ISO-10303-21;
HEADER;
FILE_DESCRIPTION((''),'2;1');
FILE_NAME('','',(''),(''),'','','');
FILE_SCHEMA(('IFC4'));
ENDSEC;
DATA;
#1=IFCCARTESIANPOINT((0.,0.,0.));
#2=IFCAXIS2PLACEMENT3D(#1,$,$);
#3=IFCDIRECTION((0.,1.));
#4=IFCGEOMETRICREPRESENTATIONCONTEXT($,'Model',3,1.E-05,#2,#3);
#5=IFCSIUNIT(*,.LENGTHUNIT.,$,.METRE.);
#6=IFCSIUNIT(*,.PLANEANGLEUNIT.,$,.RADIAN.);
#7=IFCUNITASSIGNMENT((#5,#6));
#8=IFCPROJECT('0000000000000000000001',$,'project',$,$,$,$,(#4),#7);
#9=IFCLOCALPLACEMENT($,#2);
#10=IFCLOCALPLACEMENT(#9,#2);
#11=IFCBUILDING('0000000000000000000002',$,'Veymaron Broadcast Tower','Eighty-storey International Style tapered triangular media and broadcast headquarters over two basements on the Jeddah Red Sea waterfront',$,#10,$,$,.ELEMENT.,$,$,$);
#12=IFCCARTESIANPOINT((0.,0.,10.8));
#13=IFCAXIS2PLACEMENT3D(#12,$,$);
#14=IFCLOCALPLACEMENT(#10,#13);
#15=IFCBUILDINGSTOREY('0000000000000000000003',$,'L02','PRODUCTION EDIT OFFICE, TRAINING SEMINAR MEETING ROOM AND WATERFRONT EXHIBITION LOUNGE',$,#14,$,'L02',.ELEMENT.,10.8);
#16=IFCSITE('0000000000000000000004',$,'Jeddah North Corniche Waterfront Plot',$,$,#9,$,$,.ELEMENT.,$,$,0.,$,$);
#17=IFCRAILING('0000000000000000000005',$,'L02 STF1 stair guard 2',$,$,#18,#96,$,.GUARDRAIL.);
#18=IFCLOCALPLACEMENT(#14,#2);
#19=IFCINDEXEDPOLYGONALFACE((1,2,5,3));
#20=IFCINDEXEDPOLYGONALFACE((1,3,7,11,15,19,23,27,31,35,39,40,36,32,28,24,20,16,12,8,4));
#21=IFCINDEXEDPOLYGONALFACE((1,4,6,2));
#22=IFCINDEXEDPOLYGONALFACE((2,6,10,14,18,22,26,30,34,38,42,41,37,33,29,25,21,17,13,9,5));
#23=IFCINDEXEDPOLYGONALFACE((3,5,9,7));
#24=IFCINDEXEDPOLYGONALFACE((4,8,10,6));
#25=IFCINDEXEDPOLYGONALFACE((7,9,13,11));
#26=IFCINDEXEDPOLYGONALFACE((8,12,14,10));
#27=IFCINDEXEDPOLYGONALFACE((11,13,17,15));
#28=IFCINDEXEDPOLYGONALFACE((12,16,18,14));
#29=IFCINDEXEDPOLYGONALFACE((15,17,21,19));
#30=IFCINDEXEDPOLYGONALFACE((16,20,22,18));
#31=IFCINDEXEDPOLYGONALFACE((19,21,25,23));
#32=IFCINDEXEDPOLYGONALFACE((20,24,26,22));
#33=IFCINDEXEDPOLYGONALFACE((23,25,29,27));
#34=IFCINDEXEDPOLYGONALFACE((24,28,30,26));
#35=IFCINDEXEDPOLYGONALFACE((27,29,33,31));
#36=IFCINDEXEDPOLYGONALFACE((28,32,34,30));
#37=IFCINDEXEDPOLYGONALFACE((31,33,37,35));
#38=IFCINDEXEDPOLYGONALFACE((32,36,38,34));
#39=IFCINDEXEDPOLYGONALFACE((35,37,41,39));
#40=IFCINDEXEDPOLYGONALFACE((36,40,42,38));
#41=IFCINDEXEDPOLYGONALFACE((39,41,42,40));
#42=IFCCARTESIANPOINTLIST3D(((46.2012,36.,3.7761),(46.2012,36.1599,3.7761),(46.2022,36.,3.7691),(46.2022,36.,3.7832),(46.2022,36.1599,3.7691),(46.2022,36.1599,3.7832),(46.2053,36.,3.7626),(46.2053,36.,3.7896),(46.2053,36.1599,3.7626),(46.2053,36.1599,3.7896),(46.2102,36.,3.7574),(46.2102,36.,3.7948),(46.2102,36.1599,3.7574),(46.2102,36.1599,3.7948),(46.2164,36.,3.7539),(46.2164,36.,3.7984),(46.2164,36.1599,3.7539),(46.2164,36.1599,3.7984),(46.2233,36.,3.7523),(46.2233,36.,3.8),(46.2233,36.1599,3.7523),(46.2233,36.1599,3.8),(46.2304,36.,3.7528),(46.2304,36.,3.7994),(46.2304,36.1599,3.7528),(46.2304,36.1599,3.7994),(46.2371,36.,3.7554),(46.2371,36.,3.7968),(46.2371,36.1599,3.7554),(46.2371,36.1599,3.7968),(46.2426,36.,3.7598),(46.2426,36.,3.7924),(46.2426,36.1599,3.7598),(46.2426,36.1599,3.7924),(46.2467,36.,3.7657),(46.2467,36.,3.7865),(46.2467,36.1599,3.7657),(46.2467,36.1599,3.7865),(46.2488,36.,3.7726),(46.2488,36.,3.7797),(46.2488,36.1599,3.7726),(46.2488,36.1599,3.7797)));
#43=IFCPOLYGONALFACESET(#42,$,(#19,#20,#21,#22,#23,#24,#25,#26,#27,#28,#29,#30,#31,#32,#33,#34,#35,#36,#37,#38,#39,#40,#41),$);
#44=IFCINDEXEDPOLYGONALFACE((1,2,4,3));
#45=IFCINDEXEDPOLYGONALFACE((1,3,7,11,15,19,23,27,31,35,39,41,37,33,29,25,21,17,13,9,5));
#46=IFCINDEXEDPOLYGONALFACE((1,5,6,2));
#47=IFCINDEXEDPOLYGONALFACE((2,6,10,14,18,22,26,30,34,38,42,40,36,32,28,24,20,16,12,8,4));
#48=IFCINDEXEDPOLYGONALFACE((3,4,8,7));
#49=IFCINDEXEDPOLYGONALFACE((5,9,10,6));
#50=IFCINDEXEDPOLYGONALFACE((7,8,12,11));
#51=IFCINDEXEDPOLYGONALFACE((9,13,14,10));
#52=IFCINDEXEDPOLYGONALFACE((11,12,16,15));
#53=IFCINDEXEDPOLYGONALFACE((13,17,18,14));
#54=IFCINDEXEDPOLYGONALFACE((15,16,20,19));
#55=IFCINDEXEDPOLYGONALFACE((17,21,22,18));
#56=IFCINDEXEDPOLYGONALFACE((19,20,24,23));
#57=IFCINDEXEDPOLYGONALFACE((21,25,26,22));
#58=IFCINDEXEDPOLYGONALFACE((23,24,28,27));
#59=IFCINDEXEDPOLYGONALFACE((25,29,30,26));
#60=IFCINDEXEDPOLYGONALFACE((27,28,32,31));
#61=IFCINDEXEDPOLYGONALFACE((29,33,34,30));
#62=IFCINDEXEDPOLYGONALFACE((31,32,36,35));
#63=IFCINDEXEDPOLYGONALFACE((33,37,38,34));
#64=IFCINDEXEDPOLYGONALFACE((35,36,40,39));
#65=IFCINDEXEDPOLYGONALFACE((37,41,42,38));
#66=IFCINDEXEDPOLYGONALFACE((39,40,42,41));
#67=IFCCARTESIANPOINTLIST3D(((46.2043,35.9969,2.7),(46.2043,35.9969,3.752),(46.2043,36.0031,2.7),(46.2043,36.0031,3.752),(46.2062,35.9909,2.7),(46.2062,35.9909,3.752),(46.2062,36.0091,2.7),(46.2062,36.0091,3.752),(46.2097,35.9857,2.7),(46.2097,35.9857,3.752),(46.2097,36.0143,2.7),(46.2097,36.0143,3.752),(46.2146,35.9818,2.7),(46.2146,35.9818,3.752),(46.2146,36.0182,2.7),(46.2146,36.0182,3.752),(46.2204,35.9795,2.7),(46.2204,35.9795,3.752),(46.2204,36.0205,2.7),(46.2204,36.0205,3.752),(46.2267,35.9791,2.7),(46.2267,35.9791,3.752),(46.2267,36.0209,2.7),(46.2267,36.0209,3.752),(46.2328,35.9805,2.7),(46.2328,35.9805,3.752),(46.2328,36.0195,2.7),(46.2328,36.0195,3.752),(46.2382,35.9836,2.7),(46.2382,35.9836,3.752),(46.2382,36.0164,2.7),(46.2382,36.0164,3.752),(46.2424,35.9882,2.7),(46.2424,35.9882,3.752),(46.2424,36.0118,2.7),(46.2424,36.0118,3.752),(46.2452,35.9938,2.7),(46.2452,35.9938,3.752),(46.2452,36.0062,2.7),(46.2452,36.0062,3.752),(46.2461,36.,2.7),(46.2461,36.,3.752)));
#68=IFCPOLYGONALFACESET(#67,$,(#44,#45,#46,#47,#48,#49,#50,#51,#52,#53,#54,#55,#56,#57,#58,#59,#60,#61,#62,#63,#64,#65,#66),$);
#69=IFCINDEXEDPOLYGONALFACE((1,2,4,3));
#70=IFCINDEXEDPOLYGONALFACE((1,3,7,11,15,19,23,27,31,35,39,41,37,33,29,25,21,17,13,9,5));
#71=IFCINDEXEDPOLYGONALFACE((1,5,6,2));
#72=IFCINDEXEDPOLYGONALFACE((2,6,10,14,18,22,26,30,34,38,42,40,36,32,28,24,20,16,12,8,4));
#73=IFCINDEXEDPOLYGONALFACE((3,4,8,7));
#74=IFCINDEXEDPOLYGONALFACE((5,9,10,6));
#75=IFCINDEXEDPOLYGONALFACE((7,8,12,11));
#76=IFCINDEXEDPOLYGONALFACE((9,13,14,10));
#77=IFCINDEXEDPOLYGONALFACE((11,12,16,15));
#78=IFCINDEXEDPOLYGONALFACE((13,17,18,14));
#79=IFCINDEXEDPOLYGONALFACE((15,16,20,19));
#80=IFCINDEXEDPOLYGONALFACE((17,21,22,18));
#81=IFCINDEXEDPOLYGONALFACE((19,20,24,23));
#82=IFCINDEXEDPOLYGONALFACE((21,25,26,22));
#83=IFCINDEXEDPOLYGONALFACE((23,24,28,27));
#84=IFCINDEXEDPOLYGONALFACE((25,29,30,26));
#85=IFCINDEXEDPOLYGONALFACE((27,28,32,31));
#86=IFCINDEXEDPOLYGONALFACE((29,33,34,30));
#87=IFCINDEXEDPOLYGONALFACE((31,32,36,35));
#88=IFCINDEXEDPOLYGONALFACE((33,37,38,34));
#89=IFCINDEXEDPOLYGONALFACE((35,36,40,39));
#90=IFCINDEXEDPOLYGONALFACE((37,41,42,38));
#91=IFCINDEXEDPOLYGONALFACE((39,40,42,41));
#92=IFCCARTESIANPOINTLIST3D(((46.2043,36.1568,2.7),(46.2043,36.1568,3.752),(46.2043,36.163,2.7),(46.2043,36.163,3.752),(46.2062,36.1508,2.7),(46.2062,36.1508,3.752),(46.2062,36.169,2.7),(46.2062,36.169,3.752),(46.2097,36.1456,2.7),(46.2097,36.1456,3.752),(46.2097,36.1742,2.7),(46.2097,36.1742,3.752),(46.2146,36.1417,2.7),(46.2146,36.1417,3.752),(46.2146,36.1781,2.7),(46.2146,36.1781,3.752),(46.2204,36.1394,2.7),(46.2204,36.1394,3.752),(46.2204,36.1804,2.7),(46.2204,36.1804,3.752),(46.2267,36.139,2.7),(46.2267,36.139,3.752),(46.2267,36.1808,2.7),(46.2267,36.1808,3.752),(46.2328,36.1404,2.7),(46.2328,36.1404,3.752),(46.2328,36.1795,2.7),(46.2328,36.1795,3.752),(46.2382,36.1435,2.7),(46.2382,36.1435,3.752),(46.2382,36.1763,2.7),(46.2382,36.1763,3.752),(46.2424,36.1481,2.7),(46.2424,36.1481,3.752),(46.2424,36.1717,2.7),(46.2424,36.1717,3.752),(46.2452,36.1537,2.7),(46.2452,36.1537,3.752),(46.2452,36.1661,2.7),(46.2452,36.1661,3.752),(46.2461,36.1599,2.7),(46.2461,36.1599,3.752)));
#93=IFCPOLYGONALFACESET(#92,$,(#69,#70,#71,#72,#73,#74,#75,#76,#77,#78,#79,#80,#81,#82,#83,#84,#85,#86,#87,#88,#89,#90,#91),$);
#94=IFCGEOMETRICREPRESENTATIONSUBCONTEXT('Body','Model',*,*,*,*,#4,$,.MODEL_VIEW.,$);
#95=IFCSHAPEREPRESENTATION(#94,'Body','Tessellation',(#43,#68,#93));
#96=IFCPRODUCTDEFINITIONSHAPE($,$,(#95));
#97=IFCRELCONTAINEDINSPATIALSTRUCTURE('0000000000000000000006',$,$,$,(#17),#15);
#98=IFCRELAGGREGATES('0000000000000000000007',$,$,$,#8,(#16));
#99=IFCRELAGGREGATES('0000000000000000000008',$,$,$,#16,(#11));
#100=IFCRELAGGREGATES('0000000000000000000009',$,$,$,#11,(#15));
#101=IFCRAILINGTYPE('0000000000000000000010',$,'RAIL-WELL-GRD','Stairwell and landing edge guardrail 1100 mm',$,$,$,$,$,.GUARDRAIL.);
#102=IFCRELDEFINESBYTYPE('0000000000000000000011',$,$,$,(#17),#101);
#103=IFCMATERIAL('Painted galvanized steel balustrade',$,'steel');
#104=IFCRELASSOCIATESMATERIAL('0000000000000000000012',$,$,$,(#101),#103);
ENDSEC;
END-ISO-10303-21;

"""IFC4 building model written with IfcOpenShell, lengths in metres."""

from ifc_helpers import new_model, si_unit, direction, frame, origin, origin_2d, place, context, subcontext, project, spatial, circle, extrude, material, type_object, element, save


model = new_model("IFC4")

# Units and contexts
model_context = context("Model", 3, precision=1e-05, world=origin(), true_north=direction((0.0, 1.0)))
body_context = subcontext(model_context, "Body", "Model", "MODEL_VIEW")
ifc_project = project(units=[si_unit("LENGTHUNIT", "METRE"), si_unit("PLANEANGLEUNIT", "RADIAN")], contexts=[model_context])

# Site, building, storey
site_placement = place(None, origin())
site = spatial("IfcSite", under=ifc_project, at=site_placement, Name="Jeddah North Corniche Waterfront Plot", CompositionType="ELEMENT", RefElevation=0.0)
building_placement = place(site_placement, origin())
building = spatial("IfcBuilding", under=site, at=building_placement, Name="Veymaron Broadcast Tower", Description="Eighty-storey International Style tapered triangular media and broadcast headquarters over two basements on the Jeddah Red Sea waterfront", CompositionType="ELEMENT")
storey_placement = place(building_placement, frame((0.0, 0.0, 10.8)))
storey = spatial("IfcBuildingStorey", under=building, at=storey_placement, Name="L02", Description="PRODUCTION EDIT OFFICE, TRAINING SEMINAR MEETING ROOM AND WATERFRONT EXHIBITION LOUNGE", LongName="L02", CompositionType="ELEMENT", Elevation=10.8)

# Railing
ifc_material_1 = material(Name="Painted galvanized steel balustrade", Category="steel")
railing_type_1 = type_object("IfcRailingType", Name="RAIL-WELL-GRD", Description="Stairwell and landing edge guardrail 1100 mm", PredefinedType="GUARDRAIL", material=ifc_material_1)
railing_1_placement = place(storey_placement, frame((46.2251, 36.0, 2.7)))
element("IfcRailing", 1, at=railing_1_placement, inside=storey, type_object=railing_type_1, Name="L02 STF1 stair guard 2", PredefinedType="GUARDRAIL", context=body_context, shape_type="SweptSolid", body=[
    extrude(circle(Radius=0.0239, at=origin_2d()), frame((0.0, 0.0, 1.0762), z_axis=(0.0, 1.0, 0.0), x_axis=(-1.0, 0.0, 0.0)), (0.0, 0.0, 1.0), 0.1599),
    extrude(circle(Radius=0.021, at=origin_2d()), origin(), (0.0, 0.0, 1.0), 1.052),
    extrude(circle(Radius=0.021, at=origin_2d()), frame((0.0, 0.1599, 0.0)), (0.0, 0.0, 1.0), 1.052),
])

save(model, "model.ifc")
